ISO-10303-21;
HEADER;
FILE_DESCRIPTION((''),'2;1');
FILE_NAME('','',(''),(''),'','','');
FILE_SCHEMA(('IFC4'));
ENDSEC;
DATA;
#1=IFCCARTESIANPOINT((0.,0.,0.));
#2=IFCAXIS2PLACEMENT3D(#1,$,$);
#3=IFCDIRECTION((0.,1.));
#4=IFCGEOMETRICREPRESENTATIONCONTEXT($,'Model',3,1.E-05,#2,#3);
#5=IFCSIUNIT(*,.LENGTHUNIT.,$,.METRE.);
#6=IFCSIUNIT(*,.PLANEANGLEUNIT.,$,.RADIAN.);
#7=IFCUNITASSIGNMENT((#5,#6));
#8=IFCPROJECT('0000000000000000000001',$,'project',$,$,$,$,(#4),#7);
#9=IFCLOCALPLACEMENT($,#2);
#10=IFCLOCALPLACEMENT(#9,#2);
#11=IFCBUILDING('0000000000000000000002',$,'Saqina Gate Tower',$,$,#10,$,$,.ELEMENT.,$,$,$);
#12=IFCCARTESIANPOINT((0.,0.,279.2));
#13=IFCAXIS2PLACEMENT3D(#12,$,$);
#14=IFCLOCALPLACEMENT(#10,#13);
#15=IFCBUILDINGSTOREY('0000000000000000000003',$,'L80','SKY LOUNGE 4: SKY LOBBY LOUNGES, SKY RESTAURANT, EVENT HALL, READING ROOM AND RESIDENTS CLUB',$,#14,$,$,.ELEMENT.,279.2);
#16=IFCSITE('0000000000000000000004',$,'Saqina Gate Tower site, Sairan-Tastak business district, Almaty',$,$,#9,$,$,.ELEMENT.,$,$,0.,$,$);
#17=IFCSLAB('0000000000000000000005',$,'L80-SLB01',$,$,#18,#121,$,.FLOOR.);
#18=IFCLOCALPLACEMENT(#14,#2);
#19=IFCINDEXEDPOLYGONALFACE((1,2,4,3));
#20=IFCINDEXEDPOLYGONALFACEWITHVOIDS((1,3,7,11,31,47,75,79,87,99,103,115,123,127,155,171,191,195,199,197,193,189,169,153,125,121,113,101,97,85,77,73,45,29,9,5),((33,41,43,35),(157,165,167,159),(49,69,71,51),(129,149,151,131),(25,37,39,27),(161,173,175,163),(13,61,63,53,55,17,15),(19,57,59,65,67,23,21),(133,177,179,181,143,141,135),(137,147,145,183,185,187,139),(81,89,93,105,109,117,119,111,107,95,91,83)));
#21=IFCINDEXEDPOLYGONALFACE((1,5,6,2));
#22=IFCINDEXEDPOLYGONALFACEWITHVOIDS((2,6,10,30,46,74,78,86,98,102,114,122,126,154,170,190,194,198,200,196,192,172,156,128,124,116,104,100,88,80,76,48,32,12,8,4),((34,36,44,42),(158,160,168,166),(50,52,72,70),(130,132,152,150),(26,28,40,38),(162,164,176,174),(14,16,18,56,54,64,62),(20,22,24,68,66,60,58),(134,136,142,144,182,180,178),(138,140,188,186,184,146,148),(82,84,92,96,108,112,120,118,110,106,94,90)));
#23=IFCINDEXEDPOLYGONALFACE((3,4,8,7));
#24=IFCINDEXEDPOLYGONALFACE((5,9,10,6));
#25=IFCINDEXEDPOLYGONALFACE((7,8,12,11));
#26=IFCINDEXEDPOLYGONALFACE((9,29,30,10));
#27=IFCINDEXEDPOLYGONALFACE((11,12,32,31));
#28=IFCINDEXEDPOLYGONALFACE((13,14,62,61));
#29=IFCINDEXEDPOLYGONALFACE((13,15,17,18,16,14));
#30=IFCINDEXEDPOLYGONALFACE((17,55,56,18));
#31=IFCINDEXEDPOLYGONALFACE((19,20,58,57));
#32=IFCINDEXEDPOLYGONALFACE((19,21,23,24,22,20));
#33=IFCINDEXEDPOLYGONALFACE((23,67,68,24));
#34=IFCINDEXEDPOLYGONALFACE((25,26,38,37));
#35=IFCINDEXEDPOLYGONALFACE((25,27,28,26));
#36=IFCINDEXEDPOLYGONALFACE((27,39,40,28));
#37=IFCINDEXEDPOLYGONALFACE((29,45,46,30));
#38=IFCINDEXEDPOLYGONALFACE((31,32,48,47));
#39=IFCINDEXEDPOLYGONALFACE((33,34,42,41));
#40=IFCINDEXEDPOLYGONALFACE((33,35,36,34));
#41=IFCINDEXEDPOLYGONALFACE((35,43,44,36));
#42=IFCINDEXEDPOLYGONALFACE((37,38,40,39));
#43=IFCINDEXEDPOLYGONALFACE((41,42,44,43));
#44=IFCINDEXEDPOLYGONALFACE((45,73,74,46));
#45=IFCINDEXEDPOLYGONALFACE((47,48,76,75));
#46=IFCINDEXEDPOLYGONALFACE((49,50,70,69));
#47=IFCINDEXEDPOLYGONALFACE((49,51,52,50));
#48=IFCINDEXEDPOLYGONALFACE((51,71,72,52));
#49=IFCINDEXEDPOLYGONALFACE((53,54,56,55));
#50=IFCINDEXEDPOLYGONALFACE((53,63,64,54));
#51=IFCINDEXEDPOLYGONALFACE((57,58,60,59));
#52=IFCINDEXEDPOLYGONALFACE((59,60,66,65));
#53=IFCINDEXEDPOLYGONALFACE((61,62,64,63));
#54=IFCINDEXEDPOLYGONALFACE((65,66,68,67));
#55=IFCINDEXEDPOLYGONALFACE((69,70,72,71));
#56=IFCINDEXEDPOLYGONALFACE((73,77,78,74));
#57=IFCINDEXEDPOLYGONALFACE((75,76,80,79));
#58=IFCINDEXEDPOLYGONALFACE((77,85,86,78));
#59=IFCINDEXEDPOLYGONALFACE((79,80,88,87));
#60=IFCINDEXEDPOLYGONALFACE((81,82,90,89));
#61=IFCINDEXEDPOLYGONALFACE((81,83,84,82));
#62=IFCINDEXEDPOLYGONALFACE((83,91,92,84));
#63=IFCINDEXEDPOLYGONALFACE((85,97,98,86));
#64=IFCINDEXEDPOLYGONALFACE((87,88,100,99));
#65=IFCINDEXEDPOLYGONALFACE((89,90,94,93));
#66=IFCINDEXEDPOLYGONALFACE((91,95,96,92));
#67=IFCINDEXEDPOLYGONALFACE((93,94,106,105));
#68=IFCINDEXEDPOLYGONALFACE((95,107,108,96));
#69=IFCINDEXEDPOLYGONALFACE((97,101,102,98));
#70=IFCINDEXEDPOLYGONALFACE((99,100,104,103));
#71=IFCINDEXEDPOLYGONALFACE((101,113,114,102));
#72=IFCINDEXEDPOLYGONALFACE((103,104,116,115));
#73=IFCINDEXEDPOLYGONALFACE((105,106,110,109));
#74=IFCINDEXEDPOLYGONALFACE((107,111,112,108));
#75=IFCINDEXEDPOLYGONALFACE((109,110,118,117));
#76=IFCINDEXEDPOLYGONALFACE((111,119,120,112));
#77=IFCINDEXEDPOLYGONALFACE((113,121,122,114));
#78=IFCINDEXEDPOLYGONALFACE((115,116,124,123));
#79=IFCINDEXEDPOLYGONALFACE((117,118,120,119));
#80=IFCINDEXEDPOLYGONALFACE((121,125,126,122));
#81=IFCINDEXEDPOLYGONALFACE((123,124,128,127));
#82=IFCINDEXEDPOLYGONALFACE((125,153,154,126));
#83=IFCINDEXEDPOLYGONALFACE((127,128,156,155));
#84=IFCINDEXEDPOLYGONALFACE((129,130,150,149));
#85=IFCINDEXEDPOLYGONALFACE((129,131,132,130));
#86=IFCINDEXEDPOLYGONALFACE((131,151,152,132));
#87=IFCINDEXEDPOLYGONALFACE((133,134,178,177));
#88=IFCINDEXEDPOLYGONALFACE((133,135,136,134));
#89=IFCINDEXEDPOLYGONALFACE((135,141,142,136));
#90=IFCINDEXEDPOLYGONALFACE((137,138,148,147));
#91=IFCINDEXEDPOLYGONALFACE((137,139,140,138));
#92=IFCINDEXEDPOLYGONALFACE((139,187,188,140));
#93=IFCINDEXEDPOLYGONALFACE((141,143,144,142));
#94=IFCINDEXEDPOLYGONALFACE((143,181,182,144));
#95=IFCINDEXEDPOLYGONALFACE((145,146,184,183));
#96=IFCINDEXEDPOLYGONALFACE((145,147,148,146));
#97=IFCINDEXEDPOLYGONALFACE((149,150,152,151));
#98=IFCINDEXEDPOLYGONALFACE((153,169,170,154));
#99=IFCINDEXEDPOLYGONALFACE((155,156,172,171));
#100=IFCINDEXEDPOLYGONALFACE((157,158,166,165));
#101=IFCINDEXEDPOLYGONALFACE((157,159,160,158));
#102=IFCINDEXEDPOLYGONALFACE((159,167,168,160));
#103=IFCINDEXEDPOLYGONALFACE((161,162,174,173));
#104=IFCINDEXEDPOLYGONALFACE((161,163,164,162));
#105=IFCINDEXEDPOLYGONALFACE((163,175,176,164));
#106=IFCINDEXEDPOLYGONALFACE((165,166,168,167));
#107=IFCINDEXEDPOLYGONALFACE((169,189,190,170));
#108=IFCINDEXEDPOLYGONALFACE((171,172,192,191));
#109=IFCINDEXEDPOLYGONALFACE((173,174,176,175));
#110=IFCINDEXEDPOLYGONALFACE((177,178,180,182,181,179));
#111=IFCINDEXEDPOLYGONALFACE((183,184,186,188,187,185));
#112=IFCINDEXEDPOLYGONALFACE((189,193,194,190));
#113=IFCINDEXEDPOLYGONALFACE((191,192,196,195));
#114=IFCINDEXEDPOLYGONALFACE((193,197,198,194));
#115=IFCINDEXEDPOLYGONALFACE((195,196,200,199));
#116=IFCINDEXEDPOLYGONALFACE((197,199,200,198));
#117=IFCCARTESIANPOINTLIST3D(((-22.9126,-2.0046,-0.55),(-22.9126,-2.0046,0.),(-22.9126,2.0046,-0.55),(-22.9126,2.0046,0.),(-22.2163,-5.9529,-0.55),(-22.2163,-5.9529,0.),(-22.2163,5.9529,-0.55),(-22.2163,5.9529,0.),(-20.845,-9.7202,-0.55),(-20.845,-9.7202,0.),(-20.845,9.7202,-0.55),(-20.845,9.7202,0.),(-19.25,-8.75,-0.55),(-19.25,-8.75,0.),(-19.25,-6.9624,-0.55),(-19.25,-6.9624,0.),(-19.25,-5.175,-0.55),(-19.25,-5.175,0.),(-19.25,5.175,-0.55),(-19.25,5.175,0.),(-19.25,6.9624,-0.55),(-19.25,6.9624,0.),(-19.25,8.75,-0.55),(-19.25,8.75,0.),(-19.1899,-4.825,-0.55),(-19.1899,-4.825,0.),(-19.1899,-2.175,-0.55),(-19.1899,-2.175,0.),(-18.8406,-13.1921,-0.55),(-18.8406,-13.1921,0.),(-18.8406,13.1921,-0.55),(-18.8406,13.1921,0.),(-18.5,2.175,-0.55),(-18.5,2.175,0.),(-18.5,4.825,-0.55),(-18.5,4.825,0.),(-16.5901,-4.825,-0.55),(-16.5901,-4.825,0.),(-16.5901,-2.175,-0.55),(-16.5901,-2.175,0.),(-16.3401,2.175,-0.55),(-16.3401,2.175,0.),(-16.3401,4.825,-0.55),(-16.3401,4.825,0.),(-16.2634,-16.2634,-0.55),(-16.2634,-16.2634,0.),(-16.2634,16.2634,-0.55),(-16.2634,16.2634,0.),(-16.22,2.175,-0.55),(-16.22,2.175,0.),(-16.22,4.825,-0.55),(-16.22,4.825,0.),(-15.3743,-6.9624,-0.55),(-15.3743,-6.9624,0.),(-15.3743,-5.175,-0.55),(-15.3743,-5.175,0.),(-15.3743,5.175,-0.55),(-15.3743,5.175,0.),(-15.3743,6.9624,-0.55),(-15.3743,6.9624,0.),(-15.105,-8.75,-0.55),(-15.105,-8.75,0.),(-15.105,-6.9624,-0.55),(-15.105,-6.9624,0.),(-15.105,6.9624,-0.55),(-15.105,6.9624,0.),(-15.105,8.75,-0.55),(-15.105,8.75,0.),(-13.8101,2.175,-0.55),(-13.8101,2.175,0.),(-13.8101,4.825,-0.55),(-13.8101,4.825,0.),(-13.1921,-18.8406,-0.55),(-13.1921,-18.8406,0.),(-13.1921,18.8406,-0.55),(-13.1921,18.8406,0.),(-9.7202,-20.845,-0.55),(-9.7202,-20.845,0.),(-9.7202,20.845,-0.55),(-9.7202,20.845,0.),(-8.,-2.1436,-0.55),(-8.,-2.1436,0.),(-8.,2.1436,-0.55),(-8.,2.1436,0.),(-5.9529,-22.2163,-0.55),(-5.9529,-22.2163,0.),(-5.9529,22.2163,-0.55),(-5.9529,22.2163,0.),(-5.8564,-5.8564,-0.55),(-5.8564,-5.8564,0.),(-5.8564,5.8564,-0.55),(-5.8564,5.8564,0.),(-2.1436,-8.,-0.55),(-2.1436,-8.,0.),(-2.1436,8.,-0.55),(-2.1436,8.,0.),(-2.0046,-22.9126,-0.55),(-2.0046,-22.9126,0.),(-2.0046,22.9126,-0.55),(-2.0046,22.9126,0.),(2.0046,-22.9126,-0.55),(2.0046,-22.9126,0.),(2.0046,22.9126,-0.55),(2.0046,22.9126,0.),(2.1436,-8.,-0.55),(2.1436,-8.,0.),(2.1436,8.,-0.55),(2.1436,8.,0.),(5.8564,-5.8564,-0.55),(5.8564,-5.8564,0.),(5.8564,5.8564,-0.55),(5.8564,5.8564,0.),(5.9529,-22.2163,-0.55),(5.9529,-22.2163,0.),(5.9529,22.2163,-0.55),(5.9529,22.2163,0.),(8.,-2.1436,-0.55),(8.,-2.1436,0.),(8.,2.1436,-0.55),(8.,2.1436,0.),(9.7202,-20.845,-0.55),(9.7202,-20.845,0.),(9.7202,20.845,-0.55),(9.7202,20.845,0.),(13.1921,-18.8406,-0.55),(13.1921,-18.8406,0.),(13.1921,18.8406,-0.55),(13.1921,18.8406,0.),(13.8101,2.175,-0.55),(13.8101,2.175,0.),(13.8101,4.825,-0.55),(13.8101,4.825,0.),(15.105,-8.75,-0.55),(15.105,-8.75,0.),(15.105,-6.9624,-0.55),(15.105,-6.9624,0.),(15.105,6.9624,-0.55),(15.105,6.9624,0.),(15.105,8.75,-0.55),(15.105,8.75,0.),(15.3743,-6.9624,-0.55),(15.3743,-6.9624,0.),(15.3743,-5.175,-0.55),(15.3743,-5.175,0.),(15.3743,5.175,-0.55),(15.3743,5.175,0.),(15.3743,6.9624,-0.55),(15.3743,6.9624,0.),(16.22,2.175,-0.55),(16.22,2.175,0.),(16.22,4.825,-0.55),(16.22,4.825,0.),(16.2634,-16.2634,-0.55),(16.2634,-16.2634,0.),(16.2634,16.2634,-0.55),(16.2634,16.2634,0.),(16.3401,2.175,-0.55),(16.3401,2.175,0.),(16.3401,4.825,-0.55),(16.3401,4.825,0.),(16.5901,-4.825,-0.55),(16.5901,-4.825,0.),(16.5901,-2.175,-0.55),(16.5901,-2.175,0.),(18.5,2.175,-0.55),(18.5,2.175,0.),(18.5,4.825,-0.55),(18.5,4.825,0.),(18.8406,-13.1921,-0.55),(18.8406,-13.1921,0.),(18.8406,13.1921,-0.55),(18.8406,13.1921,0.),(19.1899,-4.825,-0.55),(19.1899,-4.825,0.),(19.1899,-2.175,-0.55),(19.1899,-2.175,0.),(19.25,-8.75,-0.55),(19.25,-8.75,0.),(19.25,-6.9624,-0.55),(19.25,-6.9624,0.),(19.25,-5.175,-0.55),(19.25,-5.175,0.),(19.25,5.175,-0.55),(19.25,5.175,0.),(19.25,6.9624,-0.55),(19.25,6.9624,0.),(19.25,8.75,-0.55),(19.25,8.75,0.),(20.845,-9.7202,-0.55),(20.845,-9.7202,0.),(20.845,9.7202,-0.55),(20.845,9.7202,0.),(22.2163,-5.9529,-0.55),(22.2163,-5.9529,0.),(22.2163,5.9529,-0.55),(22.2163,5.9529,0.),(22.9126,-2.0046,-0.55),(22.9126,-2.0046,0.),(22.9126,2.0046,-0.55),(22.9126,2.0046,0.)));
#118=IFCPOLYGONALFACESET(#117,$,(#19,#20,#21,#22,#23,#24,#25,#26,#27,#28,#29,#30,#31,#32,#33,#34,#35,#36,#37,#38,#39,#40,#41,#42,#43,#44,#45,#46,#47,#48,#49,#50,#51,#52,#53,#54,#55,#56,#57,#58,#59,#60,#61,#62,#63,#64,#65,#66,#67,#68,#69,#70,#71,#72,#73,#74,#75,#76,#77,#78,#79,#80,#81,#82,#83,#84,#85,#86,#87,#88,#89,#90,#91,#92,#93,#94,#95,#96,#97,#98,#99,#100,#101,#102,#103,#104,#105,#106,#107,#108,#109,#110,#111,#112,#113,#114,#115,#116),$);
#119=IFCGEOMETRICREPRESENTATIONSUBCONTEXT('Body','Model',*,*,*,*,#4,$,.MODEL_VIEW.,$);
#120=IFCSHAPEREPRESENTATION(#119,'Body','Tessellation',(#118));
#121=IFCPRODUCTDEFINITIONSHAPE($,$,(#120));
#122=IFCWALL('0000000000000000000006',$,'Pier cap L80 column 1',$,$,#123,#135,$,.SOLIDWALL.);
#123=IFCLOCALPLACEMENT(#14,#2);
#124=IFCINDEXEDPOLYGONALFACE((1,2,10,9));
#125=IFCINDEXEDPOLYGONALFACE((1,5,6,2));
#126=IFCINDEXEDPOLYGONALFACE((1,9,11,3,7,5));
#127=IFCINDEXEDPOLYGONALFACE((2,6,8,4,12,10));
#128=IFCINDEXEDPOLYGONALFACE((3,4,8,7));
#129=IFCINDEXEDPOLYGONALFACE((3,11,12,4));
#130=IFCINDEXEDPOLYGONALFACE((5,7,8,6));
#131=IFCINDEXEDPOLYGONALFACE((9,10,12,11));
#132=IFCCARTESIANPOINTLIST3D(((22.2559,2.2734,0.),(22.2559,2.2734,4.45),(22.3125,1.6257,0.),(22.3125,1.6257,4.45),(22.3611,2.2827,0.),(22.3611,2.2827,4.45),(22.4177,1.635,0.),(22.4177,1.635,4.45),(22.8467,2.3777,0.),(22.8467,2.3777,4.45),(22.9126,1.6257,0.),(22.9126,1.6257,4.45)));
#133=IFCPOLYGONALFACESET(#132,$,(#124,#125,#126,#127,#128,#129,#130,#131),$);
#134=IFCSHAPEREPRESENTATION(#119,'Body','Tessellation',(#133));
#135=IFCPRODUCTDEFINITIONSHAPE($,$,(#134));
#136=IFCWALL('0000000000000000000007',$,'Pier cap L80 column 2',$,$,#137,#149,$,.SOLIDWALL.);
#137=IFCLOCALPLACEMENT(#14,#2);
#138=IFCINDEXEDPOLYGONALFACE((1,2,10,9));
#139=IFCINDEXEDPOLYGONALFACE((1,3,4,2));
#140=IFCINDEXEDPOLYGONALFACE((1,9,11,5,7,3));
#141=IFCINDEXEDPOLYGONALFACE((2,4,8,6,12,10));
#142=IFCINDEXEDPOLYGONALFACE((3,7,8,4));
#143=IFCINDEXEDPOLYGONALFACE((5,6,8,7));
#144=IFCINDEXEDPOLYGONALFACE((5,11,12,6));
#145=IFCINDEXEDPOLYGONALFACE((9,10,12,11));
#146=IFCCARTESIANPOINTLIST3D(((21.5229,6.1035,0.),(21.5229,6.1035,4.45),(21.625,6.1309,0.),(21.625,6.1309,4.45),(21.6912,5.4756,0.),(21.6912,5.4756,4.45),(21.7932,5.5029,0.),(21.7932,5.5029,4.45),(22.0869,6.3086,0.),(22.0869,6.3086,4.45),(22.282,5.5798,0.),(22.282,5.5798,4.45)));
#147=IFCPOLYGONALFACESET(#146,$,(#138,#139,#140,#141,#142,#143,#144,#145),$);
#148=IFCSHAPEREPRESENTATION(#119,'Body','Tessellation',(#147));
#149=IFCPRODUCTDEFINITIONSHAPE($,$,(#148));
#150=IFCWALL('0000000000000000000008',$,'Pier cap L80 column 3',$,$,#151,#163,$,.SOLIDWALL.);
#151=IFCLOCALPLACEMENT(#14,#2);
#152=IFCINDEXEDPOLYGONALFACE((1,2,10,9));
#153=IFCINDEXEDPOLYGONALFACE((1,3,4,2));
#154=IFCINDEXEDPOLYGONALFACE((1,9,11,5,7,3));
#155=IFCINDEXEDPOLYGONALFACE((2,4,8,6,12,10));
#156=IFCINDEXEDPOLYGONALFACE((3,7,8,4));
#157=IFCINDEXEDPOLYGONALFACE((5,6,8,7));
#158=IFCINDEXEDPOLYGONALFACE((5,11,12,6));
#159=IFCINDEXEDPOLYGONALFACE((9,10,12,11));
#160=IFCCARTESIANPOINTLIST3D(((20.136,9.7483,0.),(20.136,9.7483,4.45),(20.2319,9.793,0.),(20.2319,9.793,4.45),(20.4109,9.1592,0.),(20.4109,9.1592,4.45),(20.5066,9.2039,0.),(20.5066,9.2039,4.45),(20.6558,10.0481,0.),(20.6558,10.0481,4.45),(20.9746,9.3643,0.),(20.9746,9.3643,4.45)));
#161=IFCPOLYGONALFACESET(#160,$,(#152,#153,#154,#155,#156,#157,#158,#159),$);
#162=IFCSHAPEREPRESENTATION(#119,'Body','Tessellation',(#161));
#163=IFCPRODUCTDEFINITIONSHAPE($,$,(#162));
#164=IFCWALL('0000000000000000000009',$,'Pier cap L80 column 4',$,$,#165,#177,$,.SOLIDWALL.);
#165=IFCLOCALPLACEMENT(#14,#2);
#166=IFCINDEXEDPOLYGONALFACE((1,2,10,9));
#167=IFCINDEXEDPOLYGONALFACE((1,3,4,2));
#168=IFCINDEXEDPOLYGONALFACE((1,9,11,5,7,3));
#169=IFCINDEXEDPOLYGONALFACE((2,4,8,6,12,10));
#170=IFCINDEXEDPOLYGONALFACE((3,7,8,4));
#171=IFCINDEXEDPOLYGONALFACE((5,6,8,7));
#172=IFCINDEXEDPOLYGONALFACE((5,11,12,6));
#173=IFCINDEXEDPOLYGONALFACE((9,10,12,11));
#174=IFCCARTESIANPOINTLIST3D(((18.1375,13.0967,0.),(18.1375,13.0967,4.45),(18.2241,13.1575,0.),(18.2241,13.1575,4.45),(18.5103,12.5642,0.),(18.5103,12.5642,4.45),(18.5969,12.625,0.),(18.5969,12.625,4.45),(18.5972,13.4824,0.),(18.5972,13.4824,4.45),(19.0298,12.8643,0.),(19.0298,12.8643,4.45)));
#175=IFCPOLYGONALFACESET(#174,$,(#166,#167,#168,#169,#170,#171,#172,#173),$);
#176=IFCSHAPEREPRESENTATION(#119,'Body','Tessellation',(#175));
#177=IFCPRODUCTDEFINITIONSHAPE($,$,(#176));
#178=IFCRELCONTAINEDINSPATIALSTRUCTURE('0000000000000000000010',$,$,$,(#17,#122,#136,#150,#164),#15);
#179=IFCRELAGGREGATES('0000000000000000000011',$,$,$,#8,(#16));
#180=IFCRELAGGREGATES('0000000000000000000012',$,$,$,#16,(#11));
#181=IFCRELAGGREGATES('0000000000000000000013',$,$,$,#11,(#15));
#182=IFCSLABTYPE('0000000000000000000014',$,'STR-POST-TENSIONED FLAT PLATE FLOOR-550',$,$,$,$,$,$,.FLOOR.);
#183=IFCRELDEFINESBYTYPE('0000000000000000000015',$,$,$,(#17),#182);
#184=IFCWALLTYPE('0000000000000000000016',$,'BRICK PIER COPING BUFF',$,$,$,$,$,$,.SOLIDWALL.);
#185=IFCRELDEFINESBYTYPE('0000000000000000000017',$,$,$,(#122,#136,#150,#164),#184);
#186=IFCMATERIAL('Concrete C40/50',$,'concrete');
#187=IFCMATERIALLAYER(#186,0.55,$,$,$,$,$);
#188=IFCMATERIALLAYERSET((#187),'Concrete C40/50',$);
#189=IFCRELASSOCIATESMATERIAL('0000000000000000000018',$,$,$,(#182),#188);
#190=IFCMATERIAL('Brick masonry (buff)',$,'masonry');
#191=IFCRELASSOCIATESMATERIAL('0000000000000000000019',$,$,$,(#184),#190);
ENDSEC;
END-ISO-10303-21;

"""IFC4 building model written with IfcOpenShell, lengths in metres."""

from ifc_helpers import new_model, si_unit, direction, frame, origin, place, context, subcontext, project, spatial, polyline, outline, extrude, material, layer, layer_set, type_object, element, save


model = new_model("IFC4")

# Units and contexts
model_context = context("Model", 3, precision=1e-05, world=origin(), true_north=direction((0.0, 1.0)))
body_context = subcontext(model_context, "Body", "Model", "MODEL_VIEW")
ifc_project = project(units=[si_unit("LENGTHUNIT", "METRE"), si_unit("PLANEANGLEUNIT", "RADIAN")], contexts=[model_context])

# Site, building, storey
site_placement = place(None, origin())
site = spatial("IfcSite", under=ifc_project, at=site_placement, Name="Saqina Gate Tower site, Sairan-Tastak business district, Almaty", CompositionType="ELEMENT", RefElevation=0.0)
building_placement = place(site_placement, origin())
building = spatial("IfcBuilding", under=site, at=building_placement, Name="Saqina Gate Tower", CompositionType="ELEMENT")
storey_placement = place(building_placement, frame((0.0, 0.0, 279.2)))
storey = spatial("IfcBuildingStorey", under=building, at=storey_placement, Name="L80", Description="SKY LOUNGE 4: SKY LOBBY LOUNGES, SKY RESTAURANT, EVENT HALL, READING ROOM AND RESIDENTS CLUB", CompositionType="ELEMENT", Elevation=279.2)

# Slab
ifc_material_1 = material(Name="Concrete C40/50", Category="concrete")
ifc_layer_1 = layer(ifc_material_1, 0.55)
ifc_layer_set_1 = layer_set([ifc_layer_1], Name="Concrete C40/50")
slab_type = type_object("IfcSlabType", Name="STR-POST-TENSIONED FLAT PLATE FLOOR-550", PredefinedType="FLOOR", material=ifc_layer_set_1)
slab_placement = place(storey_placement, frame((0.0, 0.0, -0.55)))
element("IfcSlab", 1, at=slab_placement, inside=storey, type_object=slab_type, Name="L80-SLB01", PredefinedType="FLOOR", context=body_context, shape_type="SweptSolid", body=[
    extrude(outline(polyline([(22.2163, -5.9529), (22.9126, -2.0046), (22.9126, 2.0046), (22.2163, 5.9529), (20.845, 9.7202), (18.8406, 13.1921), (16.2634, 16.2634), (13.1921, 18.8406), (9.7202, 20.845), (5.9529, 22.2163), (2.0046, 22.9126), (-2.0046, 22.9126), (-5.9529, 22.2163), (-9.7202, 20.845), (-13.1921, 18.8406), (-16.2634, 16.2634), (-18.8406, 13.1921), (-20.845, 9.7202), (-22.2163, 5.9529), (-22.9126, 2.0046), (-22.9126, -2.0046), (-22.2163, -5.9529), (-20.845, -9.7202), (-18.8406, -13.1921), (-16.2634, -16.2634), (-13.1921, -18.8406), (-9.7202, -20.845), (-5.9529, -22.2163), (-2.0046, -22.9126), (2.0046, -22.9126), (5.9529, -22.2163), (9.7202, -20.845), (13.1921, -18.8406), (16.2634, -16.2634), (18.8406, -13.1921), (20.845, -9.7202), (22.2163, -5.9529)]), holes=[polyline([(2.1436, 8.0), (5.8564, 5.8564), (8.0, 2.1436), (8.0, -2.1436), (5.8564, -5.8564), (2.1436, -8.0), (-2.1436, -8.0), (-5.8564, -5.8564), (-8.0, -2.1436), (-8.0, 2.1436), (-5.8564, 5.8564), (-2.1436, 8.0), (2.1436, 8.0)]), polyline([(-15.105, -8.75), (-19.25, -8.75), (-19.25, -6.9624), (-19.25, -5.175), (-15.3743, -5.175), (-15.3743, -6.9624), (-15.105, -6.9624), (-15.105, -8.75)]), polyline([(-16.5901, -2.175), (-16.5901, -4.825), (-19.1899, -4.825), (-19.1899, -2.175), (-16.5901, -2.175)]), polyline([(-16.3401, 4.825), (-16.3401, 2.175), (-18.5, 2.175), (-18.5, 4.825), (-16.3401, 4.825)]), polyline([(-13.8101, 4.825), (-13.8101, 2.175), (-16.22, 2.175), (-16.22, 4.825), (-13.8101, 4.825)]), polyline([(-19.25, 6.9624), (-19.25, 8.75), (-15.105, 8.75), (-15.105, 6.9624), (-15.3743, 6.9624), (-15.3743, 5.175), (-19.25, 5.175), (-19.25, 6.9624)]), polyline([(15.105, -8.75), (15.105, -6.9624), (15.3743, -6.9624), (15.3743, -5.175), (19.25, -5.175), (19.25, -6.9624), (19.25, -8.75), (15.105, -8.75)]), polyline([(19.1899, -2.175), (19.1899, -4.825), (16.5901, -4.825), (16.5901, -2.175), (19.1899, -2.175)]), polyline([(16.22, 4.825), (16.22, 2.175), (13.8101, 2.175), (13.8101, 4.825), (16.22, 4.825)]), polyline([(18.5, 4.825), (18.5, 2.175), (16.3401, 2.175), (16.3401, 4.825), (18.5, 4.825)]), polyline([(15.3743, 6.9624), (15.105, 6.9624), (15.105, 8.75), (19.25, 8.75), (19.25, 6.9624), (19.25, 5.175), (15.3743, 5.175), (15.3743, 6.9624)])]), origin(), (0.0, 0.0, 1.0), 0.55),
])

# Walls
ifc_material_2 = material(Name="Brick masonry (buff)", Category="masonry")
wall_type = type_object("IfcWallType", Name="BRICK PIER COPING BUFF", PredefinedType="SOLIDWALL", material=ifc_material_2)
wall_1_placement = place(storey_placement, origin())
element("IfcWall", 2, at=wall_1_placement, inside=storey, type_object=wall_type, Name="Pier cap L80 column 1", PredefinedType="SOLIDWALL", context=body_context, shape_type="SweptSolid", body=[
    extrude(outline(polyline([(22.9126, 1.6257), (22.8467, 2.3777), (22.2559, 2.2734), (22.3611, 2.2827), (22.4177, 1.635), (22.3125, 1.6257), (22.9126, 1.6257)])), origin(), (0.0, 0.0, 1.0), 4.45),
])
wall_2_placement = place(storey_placement, origin())
element("IfcWall", 3, at=wall_2_placement, inside=storey, type_object=wall_type, Name="Pier cap L80 column 2", PredefinedType="SOLIDWALL", context=body_context, shape_type="SweptSolid", body=[
    extrude(outline(polyline([(22.0869, 6.3086), (21.5229, 6.1035), (21.625, 6.1309), (21.7932, 5.5029), (21.6912, 5.4756), (22.282, 5.5798), (22.0869, 6.3086)])), origin(), (0.0, 0.0, 1.0), 4.45),
])
wall_3_placement = place(storey_placement, origin())
element("IfcWall", 4, at=wall_3_placement, inside=storey, type_object=wall_type, Name="Pier cap L80 column 3", PredefinedType="SOLIDWALL", context=body_context, shape_type="SweptSolid", body=[
    extrude(outline(polyline([(20.9746, 9.3643), (20.6558, 10.0481), (20.136, 9.7483), (20.2319, 9.793), (20.5066, 9.2039), (20.4109, 9.1592), (20.9746, 9.3643)])), origin(), (0.0, 0.0, 1.0), 4.45),
])
wall_4_placement = place(storey_placement, origin())
element("IfcWall", 5, at=wall_4_placement, inside=storey, type_object=wall_type, Name="Pier cap L80 column 4", PredefinedType="SOLIDWALL", context=body_context, shape_type="SweptSolid", body=[
    extrude(outline(polyline([(19.0298, 12.8643), (18.5972, 13.4824), (18.1375, 13.0967), (18.2241, 13.1575), (18.5969, 12.625), (18.5103, 12.5642), (19.0298, 12.8643)])), origin(), (0.0, 0.0, 1.0), 4.45),
])

save(model, "model.ifc")
